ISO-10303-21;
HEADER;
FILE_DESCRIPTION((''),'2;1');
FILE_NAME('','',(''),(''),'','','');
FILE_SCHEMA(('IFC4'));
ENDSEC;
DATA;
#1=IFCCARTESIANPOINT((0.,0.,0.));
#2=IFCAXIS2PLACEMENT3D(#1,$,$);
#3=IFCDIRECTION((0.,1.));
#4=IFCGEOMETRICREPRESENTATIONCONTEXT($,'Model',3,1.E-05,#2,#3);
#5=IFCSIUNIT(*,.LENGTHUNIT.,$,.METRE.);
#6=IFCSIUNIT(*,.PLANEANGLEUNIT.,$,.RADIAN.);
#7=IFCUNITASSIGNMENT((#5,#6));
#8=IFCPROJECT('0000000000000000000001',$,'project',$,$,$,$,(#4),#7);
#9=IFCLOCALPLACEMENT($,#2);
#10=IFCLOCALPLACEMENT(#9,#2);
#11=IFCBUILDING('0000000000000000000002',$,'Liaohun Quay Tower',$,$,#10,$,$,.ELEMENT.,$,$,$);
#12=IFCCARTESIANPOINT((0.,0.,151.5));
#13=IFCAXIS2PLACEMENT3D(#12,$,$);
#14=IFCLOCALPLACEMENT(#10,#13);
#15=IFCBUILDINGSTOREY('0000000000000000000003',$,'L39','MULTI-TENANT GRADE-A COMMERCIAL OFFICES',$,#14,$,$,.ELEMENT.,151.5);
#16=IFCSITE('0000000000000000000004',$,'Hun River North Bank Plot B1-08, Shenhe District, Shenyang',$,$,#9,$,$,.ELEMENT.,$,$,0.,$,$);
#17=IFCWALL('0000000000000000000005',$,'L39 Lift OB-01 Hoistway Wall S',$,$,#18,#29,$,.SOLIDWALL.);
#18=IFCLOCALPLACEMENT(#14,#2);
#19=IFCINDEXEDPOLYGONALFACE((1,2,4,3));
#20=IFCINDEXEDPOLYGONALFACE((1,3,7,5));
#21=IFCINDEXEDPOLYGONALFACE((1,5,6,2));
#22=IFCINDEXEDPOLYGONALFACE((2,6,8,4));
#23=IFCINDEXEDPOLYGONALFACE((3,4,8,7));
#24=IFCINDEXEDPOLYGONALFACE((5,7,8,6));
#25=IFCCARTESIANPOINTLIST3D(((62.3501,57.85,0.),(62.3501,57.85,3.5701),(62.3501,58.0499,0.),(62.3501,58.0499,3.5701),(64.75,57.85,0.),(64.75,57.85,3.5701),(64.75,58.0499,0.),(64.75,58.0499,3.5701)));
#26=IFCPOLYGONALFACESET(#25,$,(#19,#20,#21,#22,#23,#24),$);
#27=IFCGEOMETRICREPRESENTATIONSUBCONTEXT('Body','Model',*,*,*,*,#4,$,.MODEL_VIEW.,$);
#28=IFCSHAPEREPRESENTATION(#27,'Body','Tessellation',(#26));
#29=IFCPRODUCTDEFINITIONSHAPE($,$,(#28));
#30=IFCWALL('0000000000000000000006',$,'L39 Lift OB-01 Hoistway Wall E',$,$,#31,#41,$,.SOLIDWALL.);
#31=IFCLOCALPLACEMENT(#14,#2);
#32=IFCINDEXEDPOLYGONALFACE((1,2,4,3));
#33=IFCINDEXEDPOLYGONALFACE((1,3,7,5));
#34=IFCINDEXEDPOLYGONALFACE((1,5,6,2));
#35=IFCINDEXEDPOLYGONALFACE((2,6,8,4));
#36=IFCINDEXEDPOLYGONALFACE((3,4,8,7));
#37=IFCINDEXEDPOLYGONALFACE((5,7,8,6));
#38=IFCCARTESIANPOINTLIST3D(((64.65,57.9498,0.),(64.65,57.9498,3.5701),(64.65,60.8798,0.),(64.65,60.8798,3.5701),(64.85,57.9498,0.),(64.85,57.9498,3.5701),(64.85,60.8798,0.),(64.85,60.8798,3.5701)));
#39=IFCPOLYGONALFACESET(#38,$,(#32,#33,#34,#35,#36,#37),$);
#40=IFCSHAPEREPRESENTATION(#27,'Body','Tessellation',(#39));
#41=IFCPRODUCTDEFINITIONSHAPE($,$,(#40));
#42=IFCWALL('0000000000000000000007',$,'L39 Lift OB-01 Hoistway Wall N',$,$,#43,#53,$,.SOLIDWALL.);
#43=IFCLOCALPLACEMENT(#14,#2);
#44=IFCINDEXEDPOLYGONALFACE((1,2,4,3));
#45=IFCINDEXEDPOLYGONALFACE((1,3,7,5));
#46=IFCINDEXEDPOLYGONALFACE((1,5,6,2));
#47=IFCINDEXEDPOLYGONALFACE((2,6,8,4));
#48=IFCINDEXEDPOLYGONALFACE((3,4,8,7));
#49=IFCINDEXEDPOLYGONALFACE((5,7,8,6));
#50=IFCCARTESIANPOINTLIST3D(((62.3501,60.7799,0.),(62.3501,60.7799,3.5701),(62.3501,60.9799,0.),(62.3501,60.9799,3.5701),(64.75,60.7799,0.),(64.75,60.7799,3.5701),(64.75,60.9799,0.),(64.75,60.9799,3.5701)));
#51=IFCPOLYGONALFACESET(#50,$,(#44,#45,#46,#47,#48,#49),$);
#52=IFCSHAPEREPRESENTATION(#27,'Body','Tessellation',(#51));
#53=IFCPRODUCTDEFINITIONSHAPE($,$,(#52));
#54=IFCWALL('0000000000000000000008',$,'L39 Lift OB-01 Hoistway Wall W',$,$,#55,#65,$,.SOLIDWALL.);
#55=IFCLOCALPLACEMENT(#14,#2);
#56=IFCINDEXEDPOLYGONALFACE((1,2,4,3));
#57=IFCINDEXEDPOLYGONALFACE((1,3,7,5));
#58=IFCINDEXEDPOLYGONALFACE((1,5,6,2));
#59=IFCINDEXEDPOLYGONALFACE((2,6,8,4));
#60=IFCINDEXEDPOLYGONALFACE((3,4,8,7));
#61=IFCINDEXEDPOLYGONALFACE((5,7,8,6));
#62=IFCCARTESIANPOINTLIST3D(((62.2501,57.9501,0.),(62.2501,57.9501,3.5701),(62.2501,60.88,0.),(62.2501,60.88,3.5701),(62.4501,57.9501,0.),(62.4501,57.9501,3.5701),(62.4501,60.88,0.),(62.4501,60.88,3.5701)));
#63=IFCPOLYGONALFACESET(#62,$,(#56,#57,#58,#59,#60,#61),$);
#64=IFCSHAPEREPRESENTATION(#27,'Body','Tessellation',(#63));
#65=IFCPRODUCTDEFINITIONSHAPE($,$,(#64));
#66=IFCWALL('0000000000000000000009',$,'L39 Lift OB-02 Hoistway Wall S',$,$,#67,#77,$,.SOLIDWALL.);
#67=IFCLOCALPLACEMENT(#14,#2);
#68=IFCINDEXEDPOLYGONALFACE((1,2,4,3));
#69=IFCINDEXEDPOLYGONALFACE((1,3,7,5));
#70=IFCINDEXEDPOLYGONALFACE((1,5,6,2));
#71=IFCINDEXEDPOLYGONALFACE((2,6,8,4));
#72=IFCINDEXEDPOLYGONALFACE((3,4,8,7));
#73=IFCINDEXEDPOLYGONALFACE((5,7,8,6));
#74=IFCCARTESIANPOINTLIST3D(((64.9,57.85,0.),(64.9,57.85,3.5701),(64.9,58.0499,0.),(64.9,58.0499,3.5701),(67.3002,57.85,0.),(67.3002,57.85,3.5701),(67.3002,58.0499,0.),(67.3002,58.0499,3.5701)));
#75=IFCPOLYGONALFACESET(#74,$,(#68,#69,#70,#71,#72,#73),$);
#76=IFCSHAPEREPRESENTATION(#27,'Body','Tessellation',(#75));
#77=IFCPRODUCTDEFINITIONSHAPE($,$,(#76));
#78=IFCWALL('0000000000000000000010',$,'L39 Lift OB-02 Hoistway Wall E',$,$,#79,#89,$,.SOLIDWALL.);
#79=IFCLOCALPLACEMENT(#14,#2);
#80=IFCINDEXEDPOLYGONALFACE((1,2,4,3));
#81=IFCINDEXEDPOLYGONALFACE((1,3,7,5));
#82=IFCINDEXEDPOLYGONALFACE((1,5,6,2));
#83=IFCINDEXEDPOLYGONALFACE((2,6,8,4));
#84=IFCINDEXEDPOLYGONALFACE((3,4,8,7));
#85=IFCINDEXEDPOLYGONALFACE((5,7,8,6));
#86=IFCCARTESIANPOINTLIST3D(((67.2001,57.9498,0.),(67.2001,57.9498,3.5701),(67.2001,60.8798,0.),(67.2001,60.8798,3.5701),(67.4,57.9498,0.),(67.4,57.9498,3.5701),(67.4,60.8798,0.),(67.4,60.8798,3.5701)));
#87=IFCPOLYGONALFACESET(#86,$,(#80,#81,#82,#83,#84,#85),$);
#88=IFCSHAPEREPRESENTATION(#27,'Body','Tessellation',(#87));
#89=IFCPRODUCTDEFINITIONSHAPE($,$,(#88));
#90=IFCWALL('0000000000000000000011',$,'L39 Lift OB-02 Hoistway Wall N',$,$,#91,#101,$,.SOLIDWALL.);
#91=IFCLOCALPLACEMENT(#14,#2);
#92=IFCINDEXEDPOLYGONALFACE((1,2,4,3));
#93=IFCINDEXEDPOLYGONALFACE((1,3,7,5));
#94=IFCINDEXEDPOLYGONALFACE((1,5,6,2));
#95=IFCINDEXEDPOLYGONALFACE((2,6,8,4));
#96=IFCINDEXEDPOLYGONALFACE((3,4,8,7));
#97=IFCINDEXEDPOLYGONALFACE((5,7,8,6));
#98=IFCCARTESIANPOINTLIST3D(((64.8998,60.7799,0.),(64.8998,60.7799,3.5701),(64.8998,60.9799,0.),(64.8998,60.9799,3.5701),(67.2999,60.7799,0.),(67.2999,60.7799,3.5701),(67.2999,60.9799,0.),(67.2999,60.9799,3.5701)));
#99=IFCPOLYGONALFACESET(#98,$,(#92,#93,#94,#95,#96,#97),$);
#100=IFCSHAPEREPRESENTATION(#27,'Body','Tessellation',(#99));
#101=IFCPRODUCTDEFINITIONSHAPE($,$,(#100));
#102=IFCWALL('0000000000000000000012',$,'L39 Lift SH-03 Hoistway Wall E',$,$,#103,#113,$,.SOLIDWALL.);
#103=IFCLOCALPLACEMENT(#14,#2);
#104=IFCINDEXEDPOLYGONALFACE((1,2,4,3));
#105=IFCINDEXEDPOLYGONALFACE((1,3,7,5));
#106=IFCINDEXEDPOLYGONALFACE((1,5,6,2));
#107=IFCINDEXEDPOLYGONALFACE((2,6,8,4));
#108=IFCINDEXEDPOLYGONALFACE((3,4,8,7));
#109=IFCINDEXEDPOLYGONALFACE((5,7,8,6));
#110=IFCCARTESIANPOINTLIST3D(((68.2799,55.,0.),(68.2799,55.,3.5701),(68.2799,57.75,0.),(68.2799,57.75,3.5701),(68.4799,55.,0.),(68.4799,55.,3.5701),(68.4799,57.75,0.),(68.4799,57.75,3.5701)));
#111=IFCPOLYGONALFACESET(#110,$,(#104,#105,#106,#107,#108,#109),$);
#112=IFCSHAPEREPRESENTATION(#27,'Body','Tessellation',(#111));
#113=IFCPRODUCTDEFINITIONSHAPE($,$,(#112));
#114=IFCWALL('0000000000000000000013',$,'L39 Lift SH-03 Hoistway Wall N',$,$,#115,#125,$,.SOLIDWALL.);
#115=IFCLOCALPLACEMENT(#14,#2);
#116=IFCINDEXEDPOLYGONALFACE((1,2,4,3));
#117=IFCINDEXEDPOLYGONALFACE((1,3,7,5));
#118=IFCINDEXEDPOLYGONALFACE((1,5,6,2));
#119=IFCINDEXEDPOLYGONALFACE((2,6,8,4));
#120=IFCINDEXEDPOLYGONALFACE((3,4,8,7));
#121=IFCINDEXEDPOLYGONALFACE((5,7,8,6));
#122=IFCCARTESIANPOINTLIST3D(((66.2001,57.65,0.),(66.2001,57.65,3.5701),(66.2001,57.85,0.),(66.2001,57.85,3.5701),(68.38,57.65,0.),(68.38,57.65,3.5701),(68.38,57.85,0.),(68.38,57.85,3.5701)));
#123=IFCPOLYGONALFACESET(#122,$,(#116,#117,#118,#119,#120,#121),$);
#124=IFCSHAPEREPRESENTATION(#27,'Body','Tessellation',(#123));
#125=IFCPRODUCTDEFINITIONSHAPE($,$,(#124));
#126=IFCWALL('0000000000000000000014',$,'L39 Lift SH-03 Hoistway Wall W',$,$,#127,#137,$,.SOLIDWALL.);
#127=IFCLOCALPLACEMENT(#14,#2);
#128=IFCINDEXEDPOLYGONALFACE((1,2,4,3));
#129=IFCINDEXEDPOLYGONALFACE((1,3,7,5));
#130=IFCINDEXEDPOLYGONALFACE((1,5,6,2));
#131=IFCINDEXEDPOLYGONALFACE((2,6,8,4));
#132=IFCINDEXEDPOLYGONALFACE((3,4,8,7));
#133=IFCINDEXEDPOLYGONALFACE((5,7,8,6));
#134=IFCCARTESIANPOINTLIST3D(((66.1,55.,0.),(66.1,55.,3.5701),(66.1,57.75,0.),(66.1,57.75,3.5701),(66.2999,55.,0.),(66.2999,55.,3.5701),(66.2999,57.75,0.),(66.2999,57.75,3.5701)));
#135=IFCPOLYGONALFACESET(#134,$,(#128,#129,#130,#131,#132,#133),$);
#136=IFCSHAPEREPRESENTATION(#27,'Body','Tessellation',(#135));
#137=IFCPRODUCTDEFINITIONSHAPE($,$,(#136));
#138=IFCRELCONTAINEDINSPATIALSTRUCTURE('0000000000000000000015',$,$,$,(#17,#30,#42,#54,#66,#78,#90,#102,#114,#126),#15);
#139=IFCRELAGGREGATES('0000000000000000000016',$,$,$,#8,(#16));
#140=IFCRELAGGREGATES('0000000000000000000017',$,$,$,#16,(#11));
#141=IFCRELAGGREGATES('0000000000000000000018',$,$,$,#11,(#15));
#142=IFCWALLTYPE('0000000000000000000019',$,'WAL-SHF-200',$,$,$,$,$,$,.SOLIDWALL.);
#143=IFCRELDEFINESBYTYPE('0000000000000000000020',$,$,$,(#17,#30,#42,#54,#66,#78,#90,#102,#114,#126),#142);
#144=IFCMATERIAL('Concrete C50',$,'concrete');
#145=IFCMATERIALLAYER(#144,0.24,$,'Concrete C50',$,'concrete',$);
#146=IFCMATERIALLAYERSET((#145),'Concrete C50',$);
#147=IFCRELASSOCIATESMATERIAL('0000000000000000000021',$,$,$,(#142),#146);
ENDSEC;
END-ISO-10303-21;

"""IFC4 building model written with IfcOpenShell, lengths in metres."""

from ifc_helpers import new_model, si_unit, direction, frame, frame_2d, origin, place, context, subcontext, project, spatial, rectangle, extrude, material, layer, layer_set, type_object, element, save


model = new_model("IFC4")

# Units and contexts
model_context = context("Model", 3, precision=1e-05, world=origin(), true_north=direction((0.0, 1.0)))
body_context = subcontext(model_context, "Body", "Model", "MODEL_VIEW")
ifc_project = project(units=[si_unit("LENGTHUNIT", "METRE"), si_unit("PLANEANGLEUNIT", "RADIAN")], contexts=[model_context])

# Site, building, storey
site_placement = place(None, origin())
site = spatial("IfcSite", under=ifc_project, at=site_placement, Name="Hun River North Bank Plot B1-08, Shenhe District, Shenyang", CompositionType="ELEMENT", RefElevation=0.0)
building_placement = place(site_placement, origin())
building = spatial("IfcBuilding", under=site, at=building_placement, Name="Liaohun Quay Tower", CompositionType="ELEMENT")
storey_placement = place(building_placement, frame((0.0, 0.0, 151.5)))
storey = spatial("IfcBuildingStorey", under=building, at=storey_placement, Name="L39", Description="MULTI-TENANT GRADE-A COMMERCIAL OFFICES", CompositionType="ELEMENT", Elevation=151.5)

# Shared definitions
ifc_material_1 = material(Name="Concrete C50", Category="concrete")
ifc_layer_1 = layer(ifc_material_1, 0.24, Name="Concrete C50", Category="concrete")
ifc_layer_set_1 = layer_set([ifc_layer_1], Name="Concrete C50")
wall_type_1 = type_object("IfcWallType", Name="WAL-SHF-200", PredefinedType="SOLIDWALL", material=ifc_layer_set_1)

# Walls
wall_1_placement = place(storey_placement, frame((62.3501, 57.95, 0.0), z_axis=(0.0, 0.0, 1.0), x_axis=(1.0, 0.0, 0.0)))
element("IfcWall", 1, at=wall_1_placement, inside=storey, type_object=wall_type_1, Name="L39 Lift OB-01 Hoistway Wall S", PredefinedType="SOLIDWALL", context=body_context, shape_type="SweptSolid", body=[
    extrude(rectangle(XDim=2.3999, YDim=0.2, at=frame_2d((1.2, 0.0))), origin(), (0.0, 0.0, 1.0), 3.5701),
])
wall_2_placement = place(storey_placement, frame((64.75, 57.95, 0.0), z_axis=(0.0, 0.0, 1.0), x_axis=(0.0, 1.0, 0.0)))
element("IfcWall", 2, at=wall_2_placement, inside=storey, type_object=wall_type_1, Name="L39 Lift OB-01 Hoistway Wall E", PredefinedType="SOLIDWALL", context=body_context, shape_type="SweptSolid", body=[
    extrude(rectangle(XDim=2.9299, YDim=0.2, at=frame_2d((1.4648, 0.0))), origin(), (0.0, 0.0, 1.0), 3.5701),
])
wall_3_placement = place(storey_placement, frame((64.75, 60.8799, 0.0), z_axis=(0.0, 0.0, 1.0), x_axis=(-1.0, 0.0, 0.0)))
element("IfcWall", 3, at=wall_3_placement, inside=storey, type_object=wall_type_1, Name="L39 Lift OB-01 Hoistway Wall N", PredefinedType="SOLIDWALL", context=body_context, shape_type="SweptSolid", body=[
    extrude(rectangle(XDim=2.3999, YDim=0.2, at=frame_2d((1.2, 0.0))), origin(), (0.0, 0.0, 1.0), 3.5701),
])
wall_4_placement = place(storey_placement, frame((62.3501, 60.8799, 0.0), z_axis=(0.0, 0.0, 1.0), x_axis=(0.0, -1.0, 0.0)))
element("IfcWall", 4, at=wall_4_placement, inside=storey, type_object=wall_type_1, Name="L39 Lift OB-01 Hoistway Wall W", PredefinedType="SOLIDWALL", context=body_context, shape_type="SweptSolid", body=[
    extrude(rectangle(XDim=2.9299, YDim=0.2, at=frame_2d((1.4648, 0.0))), origin(), (0.0, 0.0, 1.0), 3.5701),
])
wall_5_placement = place(storey_placement, frame((64.8999, 57.95, 0.0), z_axis=(0.0, 0.0, 1.0), x_axis=(1.0, 0.0, 0.0)))
element("IfcWall", 5, at=wall_5_placement, inside=storey, type_object=wall_type_1, Name="L39 Lift OB-02 Hoistway Wall S", PredefinedType="SOLIDWALL", context=body_context, shape_type="SweptSolid", body=[
    extrude(rectangle(XDim=2.4001, YDim=0.2, at=frame_2d((1.2002, 0.0))), origin(), (0.0, 0.0, 1.0), 3.5701),
])
wall_6_placement = place(storey_placement, frame((67.3, 57.95, 0.0), z_axis=(0.0, 0.0, 1.0), x_axis=(0.0, 1.0, 0.0)))
element("IfcWall", 6, at=wall_6_placement, inside=storey, type_object=wall_type_1, Name="L39 Lift OB-02 Hoistway Wall E", PredefinedType="SOLIDWALL", context=body_context, shape_type="SweptSolid", body=[
    extrude(rectangle(XDim=2.9299, YDim=0.2, at=frame_2d((1.4648, 0.0))), origin(), (0.0, 0.0, 1.0), 3.5701),
])
wall_7_placement = place(storey_placement, frame((67.3, 60.8799, 0.0), z_axis=(0.0, 0.0, 1.0), x_axis=(-1.0, 0.0, 0.0)))
element("IfcWall", 7, at=wall_7_placement, inside=storey, type_object=wall_type_1, Name="L39 Lift OB-02 Hoistway Wall N", PredefinedType="SOLIDWALL", context=body_context, shape_type="SweptSolid", body=[
    extrude(rectangle(XDim=2.4001, YDim=0.2, at=frame_2d((1.2002, 0.0))), origin(), (0.0, 0.0, 1.0), 3.5701),
])
wall_8_placement = place(storey_placement, frame((68.3799, 55.0, 0.0), z_axis=(0.0, 0.0, 1.0), x_axis=(0.0, 1.0, 0.0)))
element("IfcWall", 8, at=wall_8_placement, inside=storey, type_object=wall_type_1, Name="L39 Lift SH-03 Hoistway Wall E", PredefinedType="SOLIDWALL", context=body_context, shape_type="SweptSolid", body=[
    extrude(rectangle(XDim=2.75, YDim=0.2, at=frame_2d((1.375, 0.0))), origin(), (0.0, 0.0, 1.0), 3.5701),
])
wall_9_placement = place(storey_placement, frame((68.3799, 57.75, 0.0), z_axis=(0.0, 0.0, 1.0), x_axis=(-1.0, 0.0, 0.0)))
element("IfcWall", 9, at=wall_9_placement, inside=storey, type_object=wall_type_1, Name="L39 Lift SH-03 Hoistway Wall N", PredefinedType="SOLIDWALL", context=body_context, shape_type="SweptSolid", body=[
    extrude(rectangle(XDim=2.1799, YDim=0.2, at=frame_2d((1.0898, 0.0))), origin(), (0.0, 0.0, 1.0), 3.5701),
])
wall_10_placement = place(storey_placement, frame((66.2, 57.75, 0.0), z_axis=(0.0, 0.0, 1.0), x_axis=(0.0, -1.0, 0.0)))
element("IfcWall", 10, at=wall_10_placement, inside=storey, type_object=wall_type_1, Name="L39 Lift SH-03 Hoistway Wall W", PredefinedType="SOLIDWALL", context=body_context, shape_type="SweptSolid", body=[
    extrude(rectangle(XDim=2.75, YDim=0.2, at=frame_2d((1.375, 0.0))), origin(), (0.0, 0.0, 1.0), 3.5701),
])

save(model, "model.ifc")
